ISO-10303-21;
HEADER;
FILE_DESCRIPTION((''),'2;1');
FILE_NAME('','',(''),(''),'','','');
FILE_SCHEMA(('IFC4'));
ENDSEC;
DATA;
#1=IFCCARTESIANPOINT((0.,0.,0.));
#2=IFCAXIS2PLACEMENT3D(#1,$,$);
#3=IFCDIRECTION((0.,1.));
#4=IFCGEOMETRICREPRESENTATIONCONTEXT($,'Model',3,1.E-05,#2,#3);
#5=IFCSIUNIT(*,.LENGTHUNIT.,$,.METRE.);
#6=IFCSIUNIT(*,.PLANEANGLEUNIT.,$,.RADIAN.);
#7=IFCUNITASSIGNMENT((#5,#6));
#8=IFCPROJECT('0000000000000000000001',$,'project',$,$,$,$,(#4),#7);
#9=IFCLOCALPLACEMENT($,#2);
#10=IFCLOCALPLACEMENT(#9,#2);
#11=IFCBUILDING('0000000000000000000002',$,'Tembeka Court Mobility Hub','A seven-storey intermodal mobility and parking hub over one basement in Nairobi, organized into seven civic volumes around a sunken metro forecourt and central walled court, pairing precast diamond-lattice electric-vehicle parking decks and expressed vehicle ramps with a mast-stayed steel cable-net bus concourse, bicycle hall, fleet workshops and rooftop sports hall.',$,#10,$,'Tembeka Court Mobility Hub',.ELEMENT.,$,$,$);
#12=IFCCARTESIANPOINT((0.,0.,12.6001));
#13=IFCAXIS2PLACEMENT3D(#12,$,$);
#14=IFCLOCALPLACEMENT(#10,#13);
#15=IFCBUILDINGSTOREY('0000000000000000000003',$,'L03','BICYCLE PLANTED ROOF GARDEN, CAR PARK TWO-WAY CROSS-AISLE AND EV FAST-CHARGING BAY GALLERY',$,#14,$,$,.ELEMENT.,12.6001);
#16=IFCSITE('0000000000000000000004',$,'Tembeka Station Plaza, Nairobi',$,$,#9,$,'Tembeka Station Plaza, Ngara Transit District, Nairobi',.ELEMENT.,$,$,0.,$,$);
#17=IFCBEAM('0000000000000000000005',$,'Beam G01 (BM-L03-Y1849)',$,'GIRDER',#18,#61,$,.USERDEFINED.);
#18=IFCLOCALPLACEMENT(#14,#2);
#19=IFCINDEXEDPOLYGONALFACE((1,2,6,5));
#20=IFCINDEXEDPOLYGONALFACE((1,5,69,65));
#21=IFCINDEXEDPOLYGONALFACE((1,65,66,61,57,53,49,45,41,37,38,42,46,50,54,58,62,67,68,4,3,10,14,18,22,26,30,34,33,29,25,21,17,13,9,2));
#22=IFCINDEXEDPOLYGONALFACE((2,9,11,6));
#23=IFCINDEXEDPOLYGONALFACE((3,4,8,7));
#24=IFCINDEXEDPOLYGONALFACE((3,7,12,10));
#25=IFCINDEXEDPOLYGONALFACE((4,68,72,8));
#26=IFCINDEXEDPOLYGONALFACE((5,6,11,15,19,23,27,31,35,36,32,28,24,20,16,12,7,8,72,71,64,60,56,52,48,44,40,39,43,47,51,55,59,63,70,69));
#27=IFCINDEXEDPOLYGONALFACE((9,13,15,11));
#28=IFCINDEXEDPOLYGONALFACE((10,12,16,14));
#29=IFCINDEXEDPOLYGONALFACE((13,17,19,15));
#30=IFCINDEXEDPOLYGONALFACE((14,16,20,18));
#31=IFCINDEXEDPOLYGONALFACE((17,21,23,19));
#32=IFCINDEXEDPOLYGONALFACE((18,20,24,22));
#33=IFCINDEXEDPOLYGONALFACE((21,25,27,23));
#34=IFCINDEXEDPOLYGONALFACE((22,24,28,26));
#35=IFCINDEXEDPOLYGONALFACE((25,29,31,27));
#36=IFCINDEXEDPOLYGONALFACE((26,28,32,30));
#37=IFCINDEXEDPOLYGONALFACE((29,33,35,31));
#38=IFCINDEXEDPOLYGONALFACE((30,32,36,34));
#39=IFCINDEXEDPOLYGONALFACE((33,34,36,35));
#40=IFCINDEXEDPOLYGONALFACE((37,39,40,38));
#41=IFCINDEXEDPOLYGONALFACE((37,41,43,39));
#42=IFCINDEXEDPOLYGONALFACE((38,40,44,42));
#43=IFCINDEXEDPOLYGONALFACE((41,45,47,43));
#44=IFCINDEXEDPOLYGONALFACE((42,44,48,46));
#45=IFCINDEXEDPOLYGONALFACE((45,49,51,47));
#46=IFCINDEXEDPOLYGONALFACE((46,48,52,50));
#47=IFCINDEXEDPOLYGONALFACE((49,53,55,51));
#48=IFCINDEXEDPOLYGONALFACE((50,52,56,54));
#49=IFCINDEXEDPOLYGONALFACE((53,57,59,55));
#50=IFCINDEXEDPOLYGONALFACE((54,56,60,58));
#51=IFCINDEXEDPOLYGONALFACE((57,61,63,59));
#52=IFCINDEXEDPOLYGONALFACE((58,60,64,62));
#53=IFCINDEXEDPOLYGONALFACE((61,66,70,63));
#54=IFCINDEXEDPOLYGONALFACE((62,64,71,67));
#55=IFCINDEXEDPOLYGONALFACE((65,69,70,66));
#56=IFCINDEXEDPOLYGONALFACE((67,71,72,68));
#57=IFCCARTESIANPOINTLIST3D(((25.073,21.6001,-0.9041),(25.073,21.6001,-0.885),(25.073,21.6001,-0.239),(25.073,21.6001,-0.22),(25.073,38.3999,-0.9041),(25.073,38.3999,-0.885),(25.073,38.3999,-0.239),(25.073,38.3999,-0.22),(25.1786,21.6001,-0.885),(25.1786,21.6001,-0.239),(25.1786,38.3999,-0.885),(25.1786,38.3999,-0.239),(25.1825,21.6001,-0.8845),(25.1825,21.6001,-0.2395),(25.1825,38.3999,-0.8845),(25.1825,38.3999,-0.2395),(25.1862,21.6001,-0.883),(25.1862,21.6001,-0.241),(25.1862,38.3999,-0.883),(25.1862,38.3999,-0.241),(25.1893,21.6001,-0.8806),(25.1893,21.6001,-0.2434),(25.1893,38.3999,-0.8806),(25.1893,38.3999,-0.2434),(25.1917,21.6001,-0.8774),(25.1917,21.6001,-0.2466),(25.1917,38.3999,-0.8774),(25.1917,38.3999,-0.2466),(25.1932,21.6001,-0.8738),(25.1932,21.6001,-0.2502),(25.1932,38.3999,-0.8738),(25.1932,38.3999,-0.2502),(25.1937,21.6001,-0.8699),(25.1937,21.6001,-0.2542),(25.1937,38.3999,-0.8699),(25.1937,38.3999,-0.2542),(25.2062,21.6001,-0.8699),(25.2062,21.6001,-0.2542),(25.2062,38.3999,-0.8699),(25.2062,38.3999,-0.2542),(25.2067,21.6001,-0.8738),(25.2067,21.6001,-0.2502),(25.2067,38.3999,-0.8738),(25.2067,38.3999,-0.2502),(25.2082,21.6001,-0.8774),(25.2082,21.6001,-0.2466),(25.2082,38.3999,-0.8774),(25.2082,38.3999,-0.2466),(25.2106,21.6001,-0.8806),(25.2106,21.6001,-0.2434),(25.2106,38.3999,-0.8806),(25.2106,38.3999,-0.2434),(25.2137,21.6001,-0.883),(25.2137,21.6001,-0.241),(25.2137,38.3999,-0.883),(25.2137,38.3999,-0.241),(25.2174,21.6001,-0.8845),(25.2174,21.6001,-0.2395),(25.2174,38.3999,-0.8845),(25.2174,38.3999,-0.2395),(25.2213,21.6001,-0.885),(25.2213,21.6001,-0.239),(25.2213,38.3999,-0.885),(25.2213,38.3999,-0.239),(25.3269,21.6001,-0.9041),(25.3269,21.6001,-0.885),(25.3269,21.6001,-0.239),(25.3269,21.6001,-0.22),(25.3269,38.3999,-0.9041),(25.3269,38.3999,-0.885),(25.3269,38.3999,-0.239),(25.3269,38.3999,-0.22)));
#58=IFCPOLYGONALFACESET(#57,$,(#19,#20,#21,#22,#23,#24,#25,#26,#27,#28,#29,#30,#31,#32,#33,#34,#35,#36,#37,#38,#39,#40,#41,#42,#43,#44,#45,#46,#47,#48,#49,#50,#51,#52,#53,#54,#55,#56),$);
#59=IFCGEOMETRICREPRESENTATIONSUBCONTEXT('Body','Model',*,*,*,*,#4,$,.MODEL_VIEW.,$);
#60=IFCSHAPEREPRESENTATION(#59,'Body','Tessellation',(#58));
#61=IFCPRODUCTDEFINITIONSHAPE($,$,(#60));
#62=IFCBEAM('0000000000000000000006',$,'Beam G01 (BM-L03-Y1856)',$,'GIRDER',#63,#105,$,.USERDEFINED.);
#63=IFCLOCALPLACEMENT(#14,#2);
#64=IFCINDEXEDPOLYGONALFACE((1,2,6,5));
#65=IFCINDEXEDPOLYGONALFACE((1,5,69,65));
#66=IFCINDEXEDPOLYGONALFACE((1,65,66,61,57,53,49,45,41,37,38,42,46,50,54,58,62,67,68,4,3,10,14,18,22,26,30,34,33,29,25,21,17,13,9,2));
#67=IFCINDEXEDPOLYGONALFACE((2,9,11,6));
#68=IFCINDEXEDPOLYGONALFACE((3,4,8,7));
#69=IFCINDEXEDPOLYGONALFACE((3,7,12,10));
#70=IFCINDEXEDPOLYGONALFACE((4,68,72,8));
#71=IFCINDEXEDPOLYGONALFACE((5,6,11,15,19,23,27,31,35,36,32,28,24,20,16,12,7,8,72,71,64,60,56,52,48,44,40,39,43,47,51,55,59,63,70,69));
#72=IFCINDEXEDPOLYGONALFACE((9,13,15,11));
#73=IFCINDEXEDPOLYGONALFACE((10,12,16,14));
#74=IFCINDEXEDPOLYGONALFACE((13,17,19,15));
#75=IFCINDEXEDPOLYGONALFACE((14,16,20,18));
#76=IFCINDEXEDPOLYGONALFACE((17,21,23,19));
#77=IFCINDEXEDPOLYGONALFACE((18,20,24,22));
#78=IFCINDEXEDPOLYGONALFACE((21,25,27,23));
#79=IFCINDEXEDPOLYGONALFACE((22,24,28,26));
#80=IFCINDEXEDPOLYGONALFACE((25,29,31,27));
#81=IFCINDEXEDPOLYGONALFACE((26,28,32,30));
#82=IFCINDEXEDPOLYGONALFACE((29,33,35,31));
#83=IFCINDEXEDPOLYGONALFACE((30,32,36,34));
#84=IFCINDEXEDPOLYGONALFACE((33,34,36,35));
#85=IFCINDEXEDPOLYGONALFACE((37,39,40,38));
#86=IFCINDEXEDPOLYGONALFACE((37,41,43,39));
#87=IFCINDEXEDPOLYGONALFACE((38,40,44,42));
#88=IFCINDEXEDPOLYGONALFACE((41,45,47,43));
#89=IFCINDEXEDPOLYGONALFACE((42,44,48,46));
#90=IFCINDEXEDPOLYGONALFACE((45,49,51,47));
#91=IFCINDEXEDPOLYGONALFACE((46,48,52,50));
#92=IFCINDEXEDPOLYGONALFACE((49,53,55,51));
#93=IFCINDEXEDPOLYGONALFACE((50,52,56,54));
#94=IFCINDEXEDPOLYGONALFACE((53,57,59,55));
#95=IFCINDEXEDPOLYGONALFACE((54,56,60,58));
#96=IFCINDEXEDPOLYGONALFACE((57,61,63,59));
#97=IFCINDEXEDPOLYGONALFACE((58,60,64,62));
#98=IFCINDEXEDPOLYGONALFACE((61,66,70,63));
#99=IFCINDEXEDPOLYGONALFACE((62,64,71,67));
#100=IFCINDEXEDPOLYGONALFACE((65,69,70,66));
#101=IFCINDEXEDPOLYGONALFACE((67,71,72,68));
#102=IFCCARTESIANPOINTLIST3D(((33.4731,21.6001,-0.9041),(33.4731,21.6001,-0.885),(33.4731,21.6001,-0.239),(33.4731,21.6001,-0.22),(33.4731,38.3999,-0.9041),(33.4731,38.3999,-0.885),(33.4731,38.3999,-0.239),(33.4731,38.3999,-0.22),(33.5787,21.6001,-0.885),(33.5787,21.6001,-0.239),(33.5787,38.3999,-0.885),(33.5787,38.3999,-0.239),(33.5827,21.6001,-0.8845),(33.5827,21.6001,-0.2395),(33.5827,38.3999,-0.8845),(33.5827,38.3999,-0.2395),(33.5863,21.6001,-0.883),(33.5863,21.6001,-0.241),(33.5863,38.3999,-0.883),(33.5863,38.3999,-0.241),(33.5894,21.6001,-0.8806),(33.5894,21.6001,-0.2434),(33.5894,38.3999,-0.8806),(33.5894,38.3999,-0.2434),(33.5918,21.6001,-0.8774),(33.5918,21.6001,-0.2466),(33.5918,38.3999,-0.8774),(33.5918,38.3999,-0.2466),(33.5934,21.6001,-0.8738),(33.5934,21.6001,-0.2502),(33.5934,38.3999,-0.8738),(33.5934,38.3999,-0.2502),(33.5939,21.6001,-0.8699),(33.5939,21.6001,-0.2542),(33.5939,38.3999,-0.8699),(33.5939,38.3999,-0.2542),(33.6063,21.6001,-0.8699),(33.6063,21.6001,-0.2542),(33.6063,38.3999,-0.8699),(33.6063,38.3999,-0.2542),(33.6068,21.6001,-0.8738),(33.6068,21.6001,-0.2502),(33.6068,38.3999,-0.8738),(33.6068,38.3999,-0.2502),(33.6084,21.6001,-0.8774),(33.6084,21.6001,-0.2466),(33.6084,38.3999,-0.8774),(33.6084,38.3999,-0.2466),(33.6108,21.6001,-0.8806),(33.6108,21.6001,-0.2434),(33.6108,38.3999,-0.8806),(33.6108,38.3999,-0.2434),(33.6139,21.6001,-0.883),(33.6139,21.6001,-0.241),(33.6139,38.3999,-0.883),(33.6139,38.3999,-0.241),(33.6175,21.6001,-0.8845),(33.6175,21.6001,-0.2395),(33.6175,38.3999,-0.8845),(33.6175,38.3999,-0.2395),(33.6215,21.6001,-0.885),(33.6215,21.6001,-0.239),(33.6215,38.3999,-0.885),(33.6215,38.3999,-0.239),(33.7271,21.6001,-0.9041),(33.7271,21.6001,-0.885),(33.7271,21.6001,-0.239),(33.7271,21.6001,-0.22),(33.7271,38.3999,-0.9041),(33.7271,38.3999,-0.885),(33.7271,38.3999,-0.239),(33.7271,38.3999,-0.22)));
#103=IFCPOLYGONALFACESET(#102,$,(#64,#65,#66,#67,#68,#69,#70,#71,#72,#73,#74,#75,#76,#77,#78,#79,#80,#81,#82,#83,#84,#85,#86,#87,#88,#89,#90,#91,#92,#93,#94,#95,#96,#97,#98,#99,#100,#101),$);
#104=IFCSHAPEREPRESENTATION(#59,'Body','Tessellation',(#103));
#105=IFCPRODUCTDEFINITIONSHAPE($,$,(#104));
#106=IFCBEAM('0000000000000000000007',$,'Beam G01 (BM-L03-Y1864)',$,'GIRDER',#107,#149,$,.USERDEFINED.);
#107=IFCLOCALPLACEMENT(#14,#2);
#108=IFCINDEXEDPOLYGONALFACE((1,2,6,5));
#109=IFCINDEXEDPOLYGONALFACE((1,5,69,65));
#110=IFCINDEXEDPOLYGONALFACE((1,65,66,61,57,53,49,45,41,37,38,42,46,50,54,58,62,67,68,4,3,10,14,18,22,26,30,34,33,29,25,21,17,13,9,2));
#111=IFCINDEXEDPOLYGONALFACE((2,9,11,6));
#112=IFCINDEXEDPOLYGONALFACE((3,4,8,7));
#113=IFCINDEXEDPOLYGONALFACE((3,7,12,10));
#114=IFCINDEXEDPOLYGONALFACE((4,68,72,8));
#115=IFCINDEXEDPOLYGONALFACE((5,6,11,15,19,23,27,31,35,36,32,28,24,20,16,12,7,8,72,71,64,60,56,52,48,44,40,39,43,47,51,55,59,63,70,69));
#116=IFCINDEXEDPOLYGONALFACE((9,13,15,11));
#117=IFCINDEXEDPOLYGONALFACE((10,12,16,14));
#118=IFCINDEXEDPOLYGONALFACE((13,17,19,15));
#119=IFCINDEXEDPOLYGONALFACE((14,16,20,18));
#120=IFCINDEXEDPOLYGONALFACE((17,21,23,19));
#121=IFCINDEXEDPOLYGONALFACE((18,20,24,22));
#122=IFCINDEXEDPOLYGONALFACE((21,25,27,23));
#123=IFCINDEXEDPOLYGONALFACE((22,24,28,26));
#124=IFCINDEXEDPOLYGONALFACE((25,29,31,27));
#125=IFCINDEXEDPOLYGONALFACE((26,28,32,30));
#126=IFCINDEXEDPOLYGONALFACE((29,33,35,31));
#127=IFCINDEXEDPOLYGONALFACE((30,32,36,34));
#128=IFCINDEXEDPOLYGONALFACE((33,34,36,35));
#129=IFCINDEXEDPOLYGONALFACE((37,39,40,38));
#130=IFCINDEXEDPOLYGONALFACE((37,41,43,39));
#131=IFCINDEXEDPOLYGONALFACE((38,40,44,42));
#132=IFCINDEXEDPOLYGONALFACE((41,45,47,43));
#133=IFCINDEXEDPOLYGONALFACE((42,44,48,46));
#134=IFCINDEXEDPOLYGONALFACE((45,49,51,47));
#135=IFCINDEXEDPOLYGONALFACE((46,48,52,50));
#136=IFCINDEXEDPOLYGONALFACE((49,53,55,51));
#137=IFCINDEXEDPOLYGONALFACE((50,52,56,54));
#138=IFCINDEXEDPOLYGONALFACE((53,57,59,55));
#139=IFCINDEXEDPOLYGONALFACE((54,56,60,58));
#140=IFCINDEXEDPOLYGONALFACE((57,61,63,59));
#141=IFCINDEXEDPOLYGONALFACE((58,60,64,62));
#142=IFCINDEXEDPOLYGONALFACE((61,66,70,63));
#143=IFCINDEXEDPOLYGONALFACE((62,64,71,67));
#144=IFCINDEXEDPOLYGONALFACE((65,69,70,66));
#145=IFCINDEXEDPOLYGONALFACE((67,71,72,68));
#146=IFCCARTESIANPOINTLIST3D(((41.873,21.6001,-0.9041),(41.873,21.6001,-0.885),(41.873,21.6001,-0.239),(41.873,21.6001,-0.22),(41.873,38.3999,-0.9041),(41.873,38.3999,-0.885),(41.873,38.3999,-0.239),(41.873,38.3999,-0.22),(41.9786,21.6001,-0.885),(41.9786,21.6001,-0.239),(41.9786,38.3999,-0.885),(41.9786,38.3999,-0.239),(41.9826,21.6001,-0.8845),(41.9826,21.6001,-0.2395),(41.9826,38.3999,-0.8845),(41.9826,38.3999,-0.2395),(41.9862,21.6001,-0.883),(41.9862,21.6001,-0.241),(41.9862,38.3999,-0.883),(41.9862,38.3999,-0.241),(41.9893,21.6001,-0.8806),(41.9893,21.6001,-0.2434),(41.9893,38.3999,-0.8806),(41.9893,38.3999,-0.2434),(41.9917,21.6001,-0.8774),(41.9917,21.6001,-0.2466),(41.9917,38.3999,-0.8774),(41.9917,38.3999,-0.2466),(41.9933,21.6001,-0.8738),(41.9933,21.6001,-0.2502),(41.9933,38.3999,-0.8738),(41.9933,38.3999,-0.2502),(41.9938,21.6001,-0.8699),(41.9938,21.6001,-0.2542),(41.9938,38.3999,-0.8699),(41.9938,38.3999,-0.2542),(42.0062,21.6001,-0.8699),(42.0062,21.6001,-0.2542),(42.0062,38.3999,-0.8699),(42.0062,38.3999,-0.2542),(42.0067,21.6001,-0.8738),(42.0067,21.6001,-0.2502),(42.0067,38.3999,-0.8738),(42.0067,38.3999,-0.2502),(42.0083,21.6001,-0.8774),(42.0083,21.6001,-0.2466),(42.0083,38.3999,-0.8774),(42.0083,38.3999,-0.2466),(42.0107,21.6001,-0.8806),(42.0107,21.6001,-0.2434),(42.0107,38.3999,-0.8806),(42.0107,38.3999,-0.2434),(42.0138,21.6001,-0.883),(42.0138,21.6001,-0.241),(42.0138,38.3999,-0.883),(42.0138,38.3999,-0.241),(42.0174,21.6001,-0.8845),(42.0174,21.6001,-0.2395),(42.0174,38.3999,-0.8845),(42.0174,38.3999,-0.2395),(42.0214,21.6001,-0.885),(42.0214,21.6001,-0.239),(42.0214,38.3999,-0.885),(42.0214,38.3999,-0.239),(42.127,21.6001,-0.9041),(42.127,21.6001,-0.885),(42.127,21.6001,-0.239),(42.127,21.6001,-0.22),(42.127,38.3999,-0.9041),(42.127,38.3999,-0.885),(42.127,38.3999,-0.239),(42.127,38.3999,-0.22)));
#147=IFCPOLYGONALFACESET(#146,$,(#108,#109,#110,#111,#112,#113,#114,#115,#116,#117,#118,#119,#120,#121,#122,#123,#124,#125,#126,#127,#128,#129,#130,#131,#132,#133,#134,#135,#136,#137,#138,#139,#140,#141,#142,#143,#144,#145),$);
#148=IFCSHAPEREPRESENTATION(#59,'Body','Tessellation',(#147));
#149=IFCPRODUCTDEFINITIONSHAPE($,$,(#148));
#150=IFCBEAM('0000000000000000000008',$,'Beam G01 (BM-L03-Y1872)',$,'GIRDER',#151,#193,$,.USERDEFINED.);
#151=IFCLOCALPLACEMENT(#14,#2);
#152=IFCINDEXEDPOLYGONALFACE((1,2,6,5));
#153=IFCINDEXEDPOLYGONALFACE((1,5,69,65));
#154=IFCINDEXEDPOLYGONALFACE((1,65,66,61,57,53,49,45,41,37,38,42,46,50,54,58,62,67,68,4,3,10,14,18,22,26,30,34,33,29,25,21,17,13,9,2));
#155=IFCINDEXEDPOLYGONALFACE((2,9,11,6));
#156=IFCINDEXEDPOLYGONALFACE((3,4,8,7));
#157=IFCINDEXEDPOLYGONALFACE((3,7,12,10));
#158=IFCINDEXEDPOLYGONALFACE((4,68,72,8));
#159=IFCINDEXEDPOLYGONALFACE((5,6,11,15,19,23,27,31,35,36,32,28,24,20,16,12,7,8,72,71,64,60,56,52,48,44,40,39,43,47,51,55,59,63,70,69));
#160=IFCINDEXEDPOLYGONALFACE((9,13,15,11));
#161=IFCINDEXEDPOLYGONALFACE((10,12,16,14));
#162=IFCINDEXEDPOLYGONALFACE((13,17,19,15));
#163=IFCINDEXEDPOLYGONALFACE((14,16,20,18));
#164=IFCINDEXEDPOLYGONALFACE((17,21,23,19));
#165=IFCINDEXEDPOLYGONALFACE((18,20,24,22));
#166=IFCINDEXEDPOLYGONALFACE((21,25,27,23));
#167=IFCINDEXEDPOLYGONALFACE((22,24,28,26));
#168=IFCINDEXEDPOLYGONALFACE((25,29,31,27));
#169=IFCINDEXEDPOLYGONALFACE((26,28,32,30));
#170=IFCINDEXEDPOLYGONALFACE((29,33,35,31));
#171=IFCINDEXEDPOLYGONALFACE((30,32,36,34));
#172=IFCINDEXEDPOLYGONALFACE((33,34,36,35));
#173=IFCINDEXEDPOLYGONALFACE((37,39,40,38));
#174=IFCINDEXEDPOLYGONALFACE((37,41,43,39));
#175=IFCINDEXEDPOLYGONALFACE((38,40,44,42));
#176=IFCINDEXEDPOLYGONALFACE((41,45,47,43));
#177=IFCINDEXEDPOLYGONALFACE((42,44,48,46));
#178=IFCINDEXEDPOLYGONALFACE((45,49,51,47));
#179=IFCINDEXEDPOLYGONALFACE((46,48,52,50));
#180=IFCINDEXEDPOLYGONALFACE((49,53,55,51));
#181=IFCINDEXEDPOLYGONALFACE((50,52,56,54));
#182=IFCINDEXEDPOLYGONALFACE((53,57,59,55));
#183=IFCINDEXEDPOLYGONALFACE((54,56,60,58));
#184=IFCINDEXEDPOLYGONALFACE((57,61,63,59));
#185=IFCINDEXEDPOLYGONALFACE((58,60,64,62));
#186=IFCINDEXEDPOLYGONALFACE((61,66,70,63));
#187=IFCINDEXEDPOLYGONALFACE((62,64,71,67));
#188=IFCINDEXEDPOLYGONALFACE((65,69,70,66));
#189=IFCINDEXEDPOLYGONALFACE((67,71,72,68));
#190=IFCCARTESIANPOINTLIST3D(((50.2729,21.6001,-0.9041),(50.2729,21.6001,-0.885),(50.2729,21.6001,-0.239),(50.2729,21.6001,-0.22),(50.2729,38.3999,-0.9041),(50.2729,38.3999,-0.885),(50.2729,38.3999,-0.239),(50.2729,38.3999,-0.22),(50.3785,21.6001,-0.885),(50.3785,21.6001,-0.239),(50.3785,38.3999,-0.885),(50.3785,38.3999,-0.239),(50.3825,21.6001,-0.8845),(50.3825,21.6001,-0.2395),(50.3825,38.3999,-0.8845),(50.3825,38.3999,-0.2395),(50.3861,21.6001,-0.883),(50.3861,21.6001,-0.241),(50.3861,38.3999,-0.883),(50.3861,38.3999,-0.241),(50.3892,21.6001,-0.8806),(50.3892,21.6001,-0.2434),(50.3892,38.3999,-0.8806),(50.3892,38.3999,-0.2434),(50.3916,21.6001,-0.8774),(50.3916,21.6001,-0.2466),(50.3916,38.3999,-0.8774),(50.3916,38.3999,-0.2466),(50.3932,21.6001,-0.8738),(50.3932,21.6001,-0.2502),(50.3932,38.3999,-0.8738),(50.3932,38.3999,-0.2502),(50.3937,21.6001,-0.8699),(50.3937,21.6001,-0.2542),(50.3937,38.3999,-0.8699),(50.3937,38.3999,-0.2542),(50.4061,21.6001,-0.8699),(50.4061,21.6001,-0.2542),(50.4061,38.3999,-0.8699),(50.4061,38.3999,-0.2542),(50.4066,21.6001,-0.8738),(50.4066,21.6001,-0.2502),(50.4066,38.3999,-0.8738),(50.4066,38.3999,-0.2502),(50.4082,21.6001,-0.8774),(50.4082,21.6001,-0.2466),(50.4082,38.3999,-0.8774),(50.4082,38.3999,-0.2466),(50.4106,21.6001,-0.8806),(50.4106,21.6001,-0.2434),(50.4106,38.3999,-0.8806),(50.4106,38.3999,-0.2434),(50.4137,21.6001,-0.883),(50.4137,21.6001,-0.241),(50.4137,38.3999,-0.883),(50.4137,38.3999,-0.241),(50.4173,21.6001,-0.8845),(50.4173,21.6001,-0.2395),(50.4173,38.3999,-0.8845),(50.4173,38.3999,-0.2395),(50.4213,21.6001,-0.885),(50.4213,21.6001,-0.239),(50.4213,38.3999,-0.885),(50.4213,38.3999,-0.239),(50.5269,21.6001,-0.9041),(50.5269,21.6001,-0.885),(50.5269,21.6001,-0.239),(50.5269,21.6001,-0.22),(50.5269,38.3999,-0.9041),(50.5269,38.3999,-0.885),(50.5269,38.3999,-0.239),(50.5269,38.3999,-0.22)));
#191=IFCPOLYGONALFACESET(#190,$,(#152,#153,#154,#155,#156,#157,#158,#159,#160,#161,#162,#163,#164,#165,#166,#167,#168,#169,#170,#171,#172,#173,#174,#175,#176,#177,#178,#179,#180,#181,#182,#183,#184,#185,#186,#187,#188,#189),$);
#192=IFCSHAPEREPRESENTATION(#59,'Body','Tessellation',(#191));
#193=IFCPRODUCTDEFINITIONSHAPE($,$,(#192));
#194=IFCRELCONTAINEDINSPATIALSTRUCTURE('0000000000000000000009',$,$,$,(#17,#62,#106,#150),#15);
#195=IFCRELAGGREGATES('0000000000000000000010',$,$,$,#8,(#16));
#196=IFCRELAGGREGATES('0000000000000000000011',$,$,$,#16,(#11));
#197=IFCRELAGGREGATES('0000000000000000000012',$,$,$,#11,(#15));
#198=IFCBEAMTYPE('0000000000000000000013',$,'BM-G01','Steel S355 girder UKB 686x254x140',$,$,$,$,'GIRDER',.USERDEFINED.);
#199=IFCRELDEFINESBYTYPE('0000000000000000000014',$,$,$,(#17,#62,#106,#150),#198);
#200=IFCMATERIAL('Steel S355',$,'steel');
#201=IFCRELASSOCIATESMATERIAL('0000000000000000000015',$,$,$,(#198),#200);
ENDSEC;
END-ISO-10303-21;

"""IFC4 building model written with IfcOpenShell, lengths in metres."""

from ifc_helpers import new_model, si_unit, direction, frame, origin, origin_2d, place, context, subcontext, project, spatial, i_section, extrude, material, material_profile, profile_set, type_object, element, save


model = new_model("IFC4")

# Units and contexts
model_context = context("Model", 3, precision=1e-05, world=origin(), true_north=direction((0.0, 1.0)))
body_context = subcontext(model_context, "Body", "Model", "MODEL_VIEW")
ifc_project = project(units=[si_unit("LENGTHUNIT", "METRE"), si_unit("PLANEANGLEUNIT", "RADIAN")], contexts=[model_context])

# Site, building, storey
site_placement = place(None, origin())
site = spatial("IfcSite", under=ifc_project, at=site_placement, Name="Tembeka Station Plaza, Nairobi", LongName="Tembeka Station Plaza, Ngara Transit District, Nairobi", CompositionType="ELEMENT", RefElevation=0.0)
building_placement = place(site_placement, origin())
building = spatial("IfcBuilding", under=site, at=building_placement, Name="Tembeka Court Mobility Hub", Description="A seven-storey intermodal mobility and parking hub over one basement in Nairobi, organized into seven civic volumes around a sunken metro forecourt and central walled court, pairing precast diamond-lattice electric-vehicle parking decks and expressed vehicle ramps with a mast-stayed steel cable-net bus concourse, bicycle hall, fleet workshops and rooftop sports hall.", LongName="Tembeka Court Mobility Hub", CompositionType="ELEMENT")
storey_placement = place(building_placement, frame((0.0, 0.0, 12.6001)))
storey = spatial("IfcBuildingStorey", under=building, at=storey_placement, Name="L03", Description="BICYCLE PLANTED ROOF GARDEN, CAR PARK TWO-WAY CROSS-AISLE AND EV FAST-CHARGING BAY GALLERY", CompositionType="ELEMENT", Elevation=12.6001)

# Shared definitions
ifc_material_1 = material(Name="Steel S355", Category="steel")

# Beams
ifc_material_profile_1 = material_profile(ifc_material_1, i_section(OverallWidth=0.2539, OverallDepth=0.6841, WebThickness=0.0125, FlangeThickness=0.019, FilletRadius=0.0151, at=origin_2d()), Name="UKB 686x254x140")
ifc_profile_set_1 = profile_set([ifc_material_profile_1], Name="Steel S355")
beam_type_1 = type_object("IfcBeamType", Name="BM-G01", Description="Steel S355 girder UKB 686x254x140", ElementType="GIRDER", PredefinedType="USERDEFINED", material=ifc_profile_set_1)
for number, where, z_axis, x_axis, name in (
    (1, (25.2, 21.6001, -0.562), (0.0, 1.0, 0.0), (-1.0, 0.0, 0.0), "Beam G01 (BM-L03-Y1849)"),
    (2, (33.6001, 21.6001, -0.562), (0.0, 1.0, 0.0), (-1.0, 0.0, 0.0), "Beam G01 (BM-L03-Y1856)"),
    (3, (42.0, 21.6001, -0.562), (0.0, 1.0, 0.0), (-1.0, 0.0, 0.0), "Beam G01 (BM-L03-Y1864)"),
    (4, (50.3999, 21.6001, -0.562), (0.0, 1.0, 0.0), (-1.0, 0.0, 0.0), "Beam G01 (BM-L03-Y1872)"),
):
    element("IfcBeam", number, at=place(storey_placement, frame(where, z_axis=z_axis, x_axis=x_axis)), inside=storey, type_object=beam_type_1, Name=name, ObjectType="GIRDER", PredefinedType="USERDEFINED", context=body_context, shape_type="SweptSolid", body=[
        extrude(i_section(OverallWidth=0.2539, OverallDepth=0.6841, WebThickness=0.0125, FlangeThickness=0.019, FilletRadius=0.0151, at=origin_2d()), origin(), (0.0, 0.0, 1.0), 16.7998),
    ])

save(model, "model.ifc")
